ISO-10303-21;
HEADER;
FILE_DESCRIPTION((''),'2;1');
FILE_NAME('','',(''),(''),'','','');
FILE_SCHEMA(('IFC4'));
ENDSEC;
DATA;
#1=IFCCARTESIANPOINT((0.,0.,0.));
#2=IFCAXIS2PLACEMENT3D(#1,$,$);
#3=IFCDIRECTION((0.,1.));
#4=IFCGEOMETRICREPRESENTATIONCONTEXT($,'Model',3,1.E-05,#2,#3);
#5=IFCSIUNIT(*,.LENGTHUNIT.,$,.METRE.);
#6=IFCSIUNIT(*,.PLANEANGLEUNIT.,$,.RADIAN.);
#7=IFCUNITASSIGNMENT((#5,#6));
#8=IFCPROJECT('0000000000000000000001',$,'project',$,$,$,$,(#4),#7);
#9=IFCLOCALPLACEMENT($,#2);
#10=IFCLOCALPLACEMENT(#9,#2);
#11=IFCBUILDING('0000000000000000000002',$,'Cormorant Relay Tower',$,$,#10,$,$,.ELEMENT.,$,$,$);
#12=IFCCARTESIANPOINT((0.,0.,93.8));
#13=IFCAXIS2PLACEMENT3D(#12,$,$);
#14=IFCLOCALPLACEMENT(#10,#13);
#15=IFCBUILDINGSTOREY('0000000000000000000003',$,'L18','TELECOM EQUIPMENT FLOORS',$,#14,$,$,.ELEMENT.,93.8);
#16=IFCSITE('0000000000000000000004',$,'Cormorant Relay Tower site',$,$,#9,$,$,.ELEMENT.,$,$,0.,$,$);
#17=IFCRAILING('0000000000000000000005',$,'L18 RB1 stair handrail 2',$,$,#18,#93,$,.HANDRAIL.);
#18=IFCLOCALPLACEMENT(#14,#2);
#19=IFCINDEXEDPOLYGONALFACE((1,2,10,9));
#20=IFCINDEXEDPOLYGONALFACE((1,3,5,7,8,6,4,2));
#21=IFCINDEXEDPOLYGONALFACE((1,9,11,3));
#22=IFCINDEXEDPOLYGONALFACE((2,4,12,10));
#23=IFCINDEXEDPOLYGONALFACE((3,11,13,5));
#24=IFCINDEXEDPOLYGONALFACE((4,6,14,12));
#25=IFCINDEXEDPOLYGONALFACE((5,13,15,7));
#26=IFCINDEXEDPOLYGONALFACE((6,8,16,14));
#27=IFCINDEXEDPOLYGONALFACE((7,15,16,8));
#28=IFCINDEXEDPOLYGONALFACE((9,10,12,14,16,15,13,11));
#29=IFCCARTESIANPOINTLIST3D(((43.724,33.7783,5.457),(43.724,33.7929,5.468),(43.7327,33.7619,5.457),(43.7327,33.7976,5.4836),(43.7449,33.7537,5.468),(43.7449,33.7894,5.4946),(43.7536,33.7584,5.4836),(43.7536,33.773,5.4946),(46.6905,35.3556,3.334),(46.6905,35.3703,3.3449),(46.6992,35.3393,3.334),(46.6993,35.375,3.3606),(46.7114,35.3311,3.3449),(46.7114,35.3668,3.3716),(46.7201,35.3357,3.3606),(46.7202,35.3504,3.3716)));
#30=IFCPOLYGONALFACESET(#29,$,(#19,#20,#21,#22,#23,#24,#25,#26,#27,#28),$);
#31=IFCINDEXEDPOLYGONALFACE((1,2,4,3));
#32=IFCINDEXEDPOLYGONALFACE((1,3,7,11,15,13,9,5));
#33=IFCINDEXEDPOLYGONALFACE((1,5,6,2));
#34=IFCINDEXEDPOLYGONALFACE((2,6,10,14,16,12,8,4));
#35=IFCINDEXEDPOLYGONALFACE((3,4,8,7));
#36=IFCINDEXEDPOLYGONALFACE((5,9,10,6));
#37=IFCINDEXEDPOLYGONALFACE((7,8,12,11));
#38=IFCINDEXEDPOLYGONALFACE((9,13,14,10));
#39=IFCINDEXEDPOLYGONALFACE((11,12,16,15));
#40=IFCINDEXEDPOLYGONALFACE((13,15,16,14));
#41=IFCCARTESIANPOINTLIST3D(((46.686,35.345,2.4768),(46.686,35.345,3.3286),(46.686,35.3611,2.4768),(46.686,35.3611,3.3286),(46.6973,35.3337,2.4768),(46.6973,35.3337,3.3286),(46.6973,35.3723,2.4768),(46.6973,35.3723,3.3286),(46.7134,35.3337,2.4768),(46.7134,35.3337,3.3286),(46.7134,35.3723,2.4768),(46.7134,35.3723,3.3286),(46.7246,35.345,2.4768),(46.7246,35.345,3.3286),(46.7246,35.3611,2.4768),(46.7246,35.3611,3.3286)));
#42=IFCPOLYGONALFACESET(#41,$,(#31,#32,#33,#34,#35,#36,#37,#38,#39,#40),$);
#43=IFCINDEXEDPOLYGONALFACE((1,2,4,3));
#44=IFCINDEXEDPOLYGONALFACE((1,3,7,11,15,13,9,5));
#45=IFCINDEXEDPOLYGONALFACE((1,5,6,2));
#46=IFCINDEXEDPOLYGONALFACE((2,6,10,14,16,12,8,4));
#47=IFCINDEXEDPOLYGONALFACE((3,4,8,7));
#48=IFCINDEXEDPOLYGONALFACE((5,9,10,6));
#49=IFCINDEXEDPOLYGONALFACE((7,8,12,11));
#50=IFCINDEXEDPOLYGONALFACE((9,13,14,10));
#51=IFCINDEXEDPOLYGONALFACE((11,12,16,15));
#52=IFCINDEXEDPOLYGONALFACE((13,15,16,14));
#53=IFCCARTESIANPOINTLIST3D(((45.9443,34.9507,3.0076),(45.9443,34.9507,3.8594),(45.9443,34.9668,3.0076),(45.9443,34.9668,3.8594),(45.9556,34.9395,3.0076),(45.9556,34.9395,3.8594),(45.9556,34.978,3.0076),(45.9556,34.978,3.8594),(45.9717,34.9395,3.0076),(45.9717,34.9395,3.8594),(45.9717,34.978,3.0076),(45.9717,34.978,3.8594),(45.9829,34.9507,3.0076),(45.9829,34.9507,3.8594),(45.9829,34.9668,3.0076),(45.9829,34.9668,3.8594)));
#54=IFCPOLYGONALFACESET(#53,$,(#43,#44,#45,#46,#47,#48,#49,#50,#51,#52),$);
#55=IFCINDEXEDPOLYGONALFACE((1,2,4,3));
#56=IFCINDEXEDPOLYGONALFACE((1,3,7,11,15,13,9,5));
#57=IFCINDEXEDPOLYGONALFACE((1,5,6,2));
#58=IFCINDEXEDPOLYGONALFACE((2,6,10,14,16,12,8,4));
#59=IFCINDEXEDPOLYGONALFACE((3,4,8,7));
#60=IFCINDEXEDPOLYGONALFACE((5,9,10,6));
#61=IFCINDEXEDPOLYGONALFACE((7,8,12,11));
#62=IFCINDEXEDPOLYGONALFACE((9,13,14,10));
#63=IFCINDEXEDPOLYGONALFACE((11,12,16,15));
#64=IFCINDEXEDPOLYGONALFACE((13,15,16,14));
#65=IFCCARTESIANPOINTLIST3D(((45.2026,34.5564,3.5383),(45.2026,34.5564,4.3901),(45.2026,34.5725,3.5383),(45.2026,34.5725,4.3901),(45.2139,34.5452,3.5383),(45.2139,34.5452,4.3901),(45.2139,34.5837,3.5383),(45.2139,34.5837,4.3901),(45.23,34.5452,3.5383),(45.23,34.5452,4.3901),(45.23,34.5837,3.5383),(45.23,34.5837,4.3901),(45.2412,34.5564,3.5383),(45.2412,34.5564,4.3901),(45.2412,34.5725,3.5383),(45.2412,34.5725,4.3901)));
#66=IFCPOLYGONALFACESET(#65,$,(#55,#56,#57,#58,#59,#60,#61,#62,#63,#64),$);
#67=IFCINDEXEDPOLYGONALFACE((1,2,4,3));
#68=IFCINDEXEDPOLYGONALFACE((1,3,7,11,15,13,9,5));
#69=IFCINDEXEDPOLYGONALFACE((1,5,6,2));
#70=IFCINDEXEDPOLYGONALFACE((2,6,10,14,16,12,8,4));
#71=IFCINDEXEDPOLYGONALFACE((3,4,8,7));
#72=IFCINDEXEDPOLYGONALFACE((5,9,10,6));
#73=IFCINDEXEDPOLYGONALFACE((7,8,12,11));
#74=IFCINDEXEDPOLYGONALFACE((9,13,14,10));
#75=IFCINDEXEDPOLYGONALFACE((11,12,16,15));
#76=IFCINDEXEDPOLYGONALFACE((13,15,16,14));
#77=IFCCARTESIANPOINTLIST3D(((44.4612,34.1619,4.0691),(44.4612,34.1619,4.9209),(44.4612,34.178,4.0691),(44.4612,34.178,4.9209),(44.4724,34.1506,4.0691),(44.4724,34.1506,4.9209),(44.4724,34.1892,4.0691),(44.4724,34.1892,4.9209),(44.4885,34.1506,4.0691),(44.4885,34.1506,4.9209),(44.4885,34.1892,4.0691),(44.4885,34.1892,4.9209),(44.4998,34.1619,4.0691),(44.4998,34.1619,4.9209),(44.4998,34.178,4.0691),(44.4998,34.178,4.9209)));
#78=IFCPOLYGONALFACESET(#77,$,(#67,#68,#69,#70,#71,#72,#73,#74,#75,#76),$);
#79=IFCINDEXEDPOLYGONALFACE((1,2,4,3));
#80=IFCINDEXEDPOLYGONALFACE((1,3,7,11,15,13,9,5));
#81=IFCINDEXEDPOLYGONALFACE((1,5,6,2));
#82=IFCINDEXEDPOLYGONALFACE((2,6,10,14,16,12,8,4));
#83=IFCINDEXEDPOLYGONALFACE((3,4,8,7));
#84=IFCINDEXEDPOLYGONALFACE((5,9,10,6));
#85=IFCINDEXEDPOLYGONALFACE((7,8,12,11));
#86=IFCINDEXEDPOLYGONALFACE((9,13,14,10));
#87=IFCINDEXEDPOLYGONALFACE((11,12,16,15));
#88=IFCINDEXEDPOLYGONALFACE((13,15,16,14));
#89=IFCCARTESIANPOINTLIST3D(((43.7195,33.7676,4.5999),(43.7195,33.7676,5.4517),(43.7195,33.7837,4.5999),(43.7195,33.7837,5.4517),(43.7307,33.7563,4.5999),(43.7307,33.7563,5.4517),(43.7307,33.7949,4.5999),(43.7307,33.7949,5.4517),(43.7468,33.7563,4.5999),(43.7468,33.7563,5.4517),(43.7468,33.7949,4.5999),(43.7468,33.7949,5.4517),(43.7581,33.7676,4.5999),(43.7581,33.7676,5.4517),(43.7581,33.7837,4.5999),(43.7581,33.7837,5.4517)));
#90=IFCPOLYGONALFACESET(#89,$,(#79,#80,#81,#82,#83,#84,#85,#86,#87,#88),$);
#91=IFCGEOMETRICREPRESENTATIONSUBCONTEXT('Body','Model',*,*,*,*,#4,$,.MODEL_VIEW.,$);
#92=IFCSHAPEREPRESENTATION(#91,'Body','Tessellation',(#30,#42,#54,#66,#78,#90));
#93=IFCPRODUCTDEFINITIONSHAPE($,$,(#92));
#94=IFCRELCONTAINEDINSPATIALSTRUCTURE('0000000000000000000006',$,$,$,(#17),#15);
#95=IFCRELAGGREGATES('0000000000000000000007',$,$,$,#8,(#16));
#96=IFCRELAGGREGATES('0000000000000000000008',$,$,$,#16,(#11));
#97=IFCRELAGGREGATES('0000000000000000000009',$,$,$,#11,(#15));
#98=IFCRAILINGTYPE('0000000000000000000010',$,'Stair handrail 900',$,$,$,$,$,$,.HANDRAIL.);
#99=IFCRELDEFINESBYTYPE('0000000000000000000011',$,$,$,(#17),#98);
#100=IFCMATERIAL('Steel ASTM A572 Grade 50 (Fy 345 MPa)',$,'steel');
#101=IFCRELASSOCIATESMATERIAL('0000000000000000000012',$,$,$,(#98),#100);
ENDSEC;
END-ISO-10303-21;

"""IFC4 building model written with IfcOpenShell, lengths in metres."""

from ifc_helpers import new_model, si_unit, direction, frame, origin, place, context, subcontext, project, spatial, polyline, outline, extrude, material, type_object, element, save


model = new_model("IFC4")

# Units and contexts
model_context = context("Model", 3, precision=1e-05, world=origin(), true_north=direction((0.0, 1.0)))
body_context = subcontext(model_context, "Body", "Model", "MODEL_VIEW")
ifc_project = project(units=[si_unit("LENGTHUNIT", "METRE"), si_unit("PLANEANGLEUNIT", "RADIAN")], contexts=[model_context])

# Site, building, storey
site_placement = place(None, origin())
site = spatial("IfcSite", under=ifc_project, at=site_placement, Name="Cormorant Relay Tower site", CompositionType="ELEMENT", RefElevation=0.0)
building_placement = place(site_placement, origin())
building = spatial("IfcBuilding", under=site, at=building_placement, Name="Cormorant Relay Tower", CompositionType="ELEMENT")
storey_placement = place(building_placement, frame((0.0, 0.0, 93.8)))
storey = spatial("IfcBuildingStorey", under=building, at=storey_placement, Name="L18", Description="TELECOM EQUIPMENT FLOORS", CompositionType="ELEMENT", Elevation=93.8)

# Railing
ifc_material_1 = material(Name="Steel ASTM A572 Grade 50 (Fy 345 MPa)", Category="steel")
railing_type_1 = type_object("IfcRailingType", Name="Stair handrail 900", PredefinedType="HANDRAIL", material=ifc_material_1)
railing_1_placement = place(storey_placement, frame((46.7053, 35.353, 2.4768)))
element("IfcRailing", 1, at=railing_1_placement, inside=storey, type_object=railing_type_1, Name="L18 RB1 stair handrail 2", PredefinedType="HANDRAIL", context=body_context, shape_type="SweptSolid", body=[
    extrude(outline(polyline([(0.0222, 0.0093), (0.0093, 0.0222), (-0.0093, 0.0222), (-0.0222, 0.0093), (-0.0222, -0.0093), (-0.0093, -0.0222), (0.0093, -0.0222), (0.0222, -0.0093), (0.0222, 0.0093)])), frame((0.0, 0.0, 0.876), z_axis=(-0.746413, -0.396887, 0.534179), x_axis=(0.469483, -0.882942, 0.0)), (0.0, 0.0, 1.0), 3.9744),
    extrude(outline(polyline([(0.0193, 0.0081), (0.0081, 0.0193), (-0.0081, 0.0193), (-0.0193, 0.0081), (-0.0193, -0.0081), (-0.0081, -0.0193), (0.0081, -0.0193), (0.0193, -0.0081), (0.0193, 0.0081)])), origin(), (0.0, 0.0, 1.0), 0.8518),
    extrude(outline(polyline([(0.0193, 0.0081), (0.0081, 0.0193), (-0.0081, 0.0193), (-0.0193, 0.0081), (-0.0193, -0.0081), (-0.0081, -0.0193), (0.0081, -0.0193), (0.0193, -0.0081), (0.0193, 0.0081)])), frame((-0.7417, -0.3943, 0.5308)), (0.0, 0.0, 1.0), 0.8518),
    extrude(outline(polyline([(0.0193, 0.0081), (0.0081, 0.0193), (-0.0081, 0.0193), (-0.0193, 0.0081), (-0.0193, -0.0081), (-0.0081, -0.0193), (0.0081, -0.0193), (0.0193, -0.0081), (0.0193, 0.0081)])), frame((-1.4834, -0.7886, 1.0615)), (0.0, 0.0, 1.0), 0.8518),
    extrude(outline(polyline([(0.0193, 0.0081), (0.0081, 0.0193), (-0.0081, 0.0193), (-0.0193, 0.0081), (-0.0193, -0.0081), (-0.0081, -0.0193), (0.0081, -0.0193), (0.0193, -0.0081), (0.0193, 0.0081)])), frame((-2.2249, -1.1831, 1.5923)), (0.0, 0.0, 1.0), 0.8518),
    extrude(outline(polyline([(0.0193, 0.0081), (0.0081, 0.0193), (-0.0081, 0.0193), (-0.0193, 0.0081), (-0.0193, -0.0081), (-0.0081, -0.0193), (0.0081, -0.0193), (0.0193, -0.0081), (0.0193, 0.0081)])), frame((-2.9666, -1.5774, 2.123)), (0.0, 0.0, 1.0), 0.8518),
])

save(model, "model.ifc")
